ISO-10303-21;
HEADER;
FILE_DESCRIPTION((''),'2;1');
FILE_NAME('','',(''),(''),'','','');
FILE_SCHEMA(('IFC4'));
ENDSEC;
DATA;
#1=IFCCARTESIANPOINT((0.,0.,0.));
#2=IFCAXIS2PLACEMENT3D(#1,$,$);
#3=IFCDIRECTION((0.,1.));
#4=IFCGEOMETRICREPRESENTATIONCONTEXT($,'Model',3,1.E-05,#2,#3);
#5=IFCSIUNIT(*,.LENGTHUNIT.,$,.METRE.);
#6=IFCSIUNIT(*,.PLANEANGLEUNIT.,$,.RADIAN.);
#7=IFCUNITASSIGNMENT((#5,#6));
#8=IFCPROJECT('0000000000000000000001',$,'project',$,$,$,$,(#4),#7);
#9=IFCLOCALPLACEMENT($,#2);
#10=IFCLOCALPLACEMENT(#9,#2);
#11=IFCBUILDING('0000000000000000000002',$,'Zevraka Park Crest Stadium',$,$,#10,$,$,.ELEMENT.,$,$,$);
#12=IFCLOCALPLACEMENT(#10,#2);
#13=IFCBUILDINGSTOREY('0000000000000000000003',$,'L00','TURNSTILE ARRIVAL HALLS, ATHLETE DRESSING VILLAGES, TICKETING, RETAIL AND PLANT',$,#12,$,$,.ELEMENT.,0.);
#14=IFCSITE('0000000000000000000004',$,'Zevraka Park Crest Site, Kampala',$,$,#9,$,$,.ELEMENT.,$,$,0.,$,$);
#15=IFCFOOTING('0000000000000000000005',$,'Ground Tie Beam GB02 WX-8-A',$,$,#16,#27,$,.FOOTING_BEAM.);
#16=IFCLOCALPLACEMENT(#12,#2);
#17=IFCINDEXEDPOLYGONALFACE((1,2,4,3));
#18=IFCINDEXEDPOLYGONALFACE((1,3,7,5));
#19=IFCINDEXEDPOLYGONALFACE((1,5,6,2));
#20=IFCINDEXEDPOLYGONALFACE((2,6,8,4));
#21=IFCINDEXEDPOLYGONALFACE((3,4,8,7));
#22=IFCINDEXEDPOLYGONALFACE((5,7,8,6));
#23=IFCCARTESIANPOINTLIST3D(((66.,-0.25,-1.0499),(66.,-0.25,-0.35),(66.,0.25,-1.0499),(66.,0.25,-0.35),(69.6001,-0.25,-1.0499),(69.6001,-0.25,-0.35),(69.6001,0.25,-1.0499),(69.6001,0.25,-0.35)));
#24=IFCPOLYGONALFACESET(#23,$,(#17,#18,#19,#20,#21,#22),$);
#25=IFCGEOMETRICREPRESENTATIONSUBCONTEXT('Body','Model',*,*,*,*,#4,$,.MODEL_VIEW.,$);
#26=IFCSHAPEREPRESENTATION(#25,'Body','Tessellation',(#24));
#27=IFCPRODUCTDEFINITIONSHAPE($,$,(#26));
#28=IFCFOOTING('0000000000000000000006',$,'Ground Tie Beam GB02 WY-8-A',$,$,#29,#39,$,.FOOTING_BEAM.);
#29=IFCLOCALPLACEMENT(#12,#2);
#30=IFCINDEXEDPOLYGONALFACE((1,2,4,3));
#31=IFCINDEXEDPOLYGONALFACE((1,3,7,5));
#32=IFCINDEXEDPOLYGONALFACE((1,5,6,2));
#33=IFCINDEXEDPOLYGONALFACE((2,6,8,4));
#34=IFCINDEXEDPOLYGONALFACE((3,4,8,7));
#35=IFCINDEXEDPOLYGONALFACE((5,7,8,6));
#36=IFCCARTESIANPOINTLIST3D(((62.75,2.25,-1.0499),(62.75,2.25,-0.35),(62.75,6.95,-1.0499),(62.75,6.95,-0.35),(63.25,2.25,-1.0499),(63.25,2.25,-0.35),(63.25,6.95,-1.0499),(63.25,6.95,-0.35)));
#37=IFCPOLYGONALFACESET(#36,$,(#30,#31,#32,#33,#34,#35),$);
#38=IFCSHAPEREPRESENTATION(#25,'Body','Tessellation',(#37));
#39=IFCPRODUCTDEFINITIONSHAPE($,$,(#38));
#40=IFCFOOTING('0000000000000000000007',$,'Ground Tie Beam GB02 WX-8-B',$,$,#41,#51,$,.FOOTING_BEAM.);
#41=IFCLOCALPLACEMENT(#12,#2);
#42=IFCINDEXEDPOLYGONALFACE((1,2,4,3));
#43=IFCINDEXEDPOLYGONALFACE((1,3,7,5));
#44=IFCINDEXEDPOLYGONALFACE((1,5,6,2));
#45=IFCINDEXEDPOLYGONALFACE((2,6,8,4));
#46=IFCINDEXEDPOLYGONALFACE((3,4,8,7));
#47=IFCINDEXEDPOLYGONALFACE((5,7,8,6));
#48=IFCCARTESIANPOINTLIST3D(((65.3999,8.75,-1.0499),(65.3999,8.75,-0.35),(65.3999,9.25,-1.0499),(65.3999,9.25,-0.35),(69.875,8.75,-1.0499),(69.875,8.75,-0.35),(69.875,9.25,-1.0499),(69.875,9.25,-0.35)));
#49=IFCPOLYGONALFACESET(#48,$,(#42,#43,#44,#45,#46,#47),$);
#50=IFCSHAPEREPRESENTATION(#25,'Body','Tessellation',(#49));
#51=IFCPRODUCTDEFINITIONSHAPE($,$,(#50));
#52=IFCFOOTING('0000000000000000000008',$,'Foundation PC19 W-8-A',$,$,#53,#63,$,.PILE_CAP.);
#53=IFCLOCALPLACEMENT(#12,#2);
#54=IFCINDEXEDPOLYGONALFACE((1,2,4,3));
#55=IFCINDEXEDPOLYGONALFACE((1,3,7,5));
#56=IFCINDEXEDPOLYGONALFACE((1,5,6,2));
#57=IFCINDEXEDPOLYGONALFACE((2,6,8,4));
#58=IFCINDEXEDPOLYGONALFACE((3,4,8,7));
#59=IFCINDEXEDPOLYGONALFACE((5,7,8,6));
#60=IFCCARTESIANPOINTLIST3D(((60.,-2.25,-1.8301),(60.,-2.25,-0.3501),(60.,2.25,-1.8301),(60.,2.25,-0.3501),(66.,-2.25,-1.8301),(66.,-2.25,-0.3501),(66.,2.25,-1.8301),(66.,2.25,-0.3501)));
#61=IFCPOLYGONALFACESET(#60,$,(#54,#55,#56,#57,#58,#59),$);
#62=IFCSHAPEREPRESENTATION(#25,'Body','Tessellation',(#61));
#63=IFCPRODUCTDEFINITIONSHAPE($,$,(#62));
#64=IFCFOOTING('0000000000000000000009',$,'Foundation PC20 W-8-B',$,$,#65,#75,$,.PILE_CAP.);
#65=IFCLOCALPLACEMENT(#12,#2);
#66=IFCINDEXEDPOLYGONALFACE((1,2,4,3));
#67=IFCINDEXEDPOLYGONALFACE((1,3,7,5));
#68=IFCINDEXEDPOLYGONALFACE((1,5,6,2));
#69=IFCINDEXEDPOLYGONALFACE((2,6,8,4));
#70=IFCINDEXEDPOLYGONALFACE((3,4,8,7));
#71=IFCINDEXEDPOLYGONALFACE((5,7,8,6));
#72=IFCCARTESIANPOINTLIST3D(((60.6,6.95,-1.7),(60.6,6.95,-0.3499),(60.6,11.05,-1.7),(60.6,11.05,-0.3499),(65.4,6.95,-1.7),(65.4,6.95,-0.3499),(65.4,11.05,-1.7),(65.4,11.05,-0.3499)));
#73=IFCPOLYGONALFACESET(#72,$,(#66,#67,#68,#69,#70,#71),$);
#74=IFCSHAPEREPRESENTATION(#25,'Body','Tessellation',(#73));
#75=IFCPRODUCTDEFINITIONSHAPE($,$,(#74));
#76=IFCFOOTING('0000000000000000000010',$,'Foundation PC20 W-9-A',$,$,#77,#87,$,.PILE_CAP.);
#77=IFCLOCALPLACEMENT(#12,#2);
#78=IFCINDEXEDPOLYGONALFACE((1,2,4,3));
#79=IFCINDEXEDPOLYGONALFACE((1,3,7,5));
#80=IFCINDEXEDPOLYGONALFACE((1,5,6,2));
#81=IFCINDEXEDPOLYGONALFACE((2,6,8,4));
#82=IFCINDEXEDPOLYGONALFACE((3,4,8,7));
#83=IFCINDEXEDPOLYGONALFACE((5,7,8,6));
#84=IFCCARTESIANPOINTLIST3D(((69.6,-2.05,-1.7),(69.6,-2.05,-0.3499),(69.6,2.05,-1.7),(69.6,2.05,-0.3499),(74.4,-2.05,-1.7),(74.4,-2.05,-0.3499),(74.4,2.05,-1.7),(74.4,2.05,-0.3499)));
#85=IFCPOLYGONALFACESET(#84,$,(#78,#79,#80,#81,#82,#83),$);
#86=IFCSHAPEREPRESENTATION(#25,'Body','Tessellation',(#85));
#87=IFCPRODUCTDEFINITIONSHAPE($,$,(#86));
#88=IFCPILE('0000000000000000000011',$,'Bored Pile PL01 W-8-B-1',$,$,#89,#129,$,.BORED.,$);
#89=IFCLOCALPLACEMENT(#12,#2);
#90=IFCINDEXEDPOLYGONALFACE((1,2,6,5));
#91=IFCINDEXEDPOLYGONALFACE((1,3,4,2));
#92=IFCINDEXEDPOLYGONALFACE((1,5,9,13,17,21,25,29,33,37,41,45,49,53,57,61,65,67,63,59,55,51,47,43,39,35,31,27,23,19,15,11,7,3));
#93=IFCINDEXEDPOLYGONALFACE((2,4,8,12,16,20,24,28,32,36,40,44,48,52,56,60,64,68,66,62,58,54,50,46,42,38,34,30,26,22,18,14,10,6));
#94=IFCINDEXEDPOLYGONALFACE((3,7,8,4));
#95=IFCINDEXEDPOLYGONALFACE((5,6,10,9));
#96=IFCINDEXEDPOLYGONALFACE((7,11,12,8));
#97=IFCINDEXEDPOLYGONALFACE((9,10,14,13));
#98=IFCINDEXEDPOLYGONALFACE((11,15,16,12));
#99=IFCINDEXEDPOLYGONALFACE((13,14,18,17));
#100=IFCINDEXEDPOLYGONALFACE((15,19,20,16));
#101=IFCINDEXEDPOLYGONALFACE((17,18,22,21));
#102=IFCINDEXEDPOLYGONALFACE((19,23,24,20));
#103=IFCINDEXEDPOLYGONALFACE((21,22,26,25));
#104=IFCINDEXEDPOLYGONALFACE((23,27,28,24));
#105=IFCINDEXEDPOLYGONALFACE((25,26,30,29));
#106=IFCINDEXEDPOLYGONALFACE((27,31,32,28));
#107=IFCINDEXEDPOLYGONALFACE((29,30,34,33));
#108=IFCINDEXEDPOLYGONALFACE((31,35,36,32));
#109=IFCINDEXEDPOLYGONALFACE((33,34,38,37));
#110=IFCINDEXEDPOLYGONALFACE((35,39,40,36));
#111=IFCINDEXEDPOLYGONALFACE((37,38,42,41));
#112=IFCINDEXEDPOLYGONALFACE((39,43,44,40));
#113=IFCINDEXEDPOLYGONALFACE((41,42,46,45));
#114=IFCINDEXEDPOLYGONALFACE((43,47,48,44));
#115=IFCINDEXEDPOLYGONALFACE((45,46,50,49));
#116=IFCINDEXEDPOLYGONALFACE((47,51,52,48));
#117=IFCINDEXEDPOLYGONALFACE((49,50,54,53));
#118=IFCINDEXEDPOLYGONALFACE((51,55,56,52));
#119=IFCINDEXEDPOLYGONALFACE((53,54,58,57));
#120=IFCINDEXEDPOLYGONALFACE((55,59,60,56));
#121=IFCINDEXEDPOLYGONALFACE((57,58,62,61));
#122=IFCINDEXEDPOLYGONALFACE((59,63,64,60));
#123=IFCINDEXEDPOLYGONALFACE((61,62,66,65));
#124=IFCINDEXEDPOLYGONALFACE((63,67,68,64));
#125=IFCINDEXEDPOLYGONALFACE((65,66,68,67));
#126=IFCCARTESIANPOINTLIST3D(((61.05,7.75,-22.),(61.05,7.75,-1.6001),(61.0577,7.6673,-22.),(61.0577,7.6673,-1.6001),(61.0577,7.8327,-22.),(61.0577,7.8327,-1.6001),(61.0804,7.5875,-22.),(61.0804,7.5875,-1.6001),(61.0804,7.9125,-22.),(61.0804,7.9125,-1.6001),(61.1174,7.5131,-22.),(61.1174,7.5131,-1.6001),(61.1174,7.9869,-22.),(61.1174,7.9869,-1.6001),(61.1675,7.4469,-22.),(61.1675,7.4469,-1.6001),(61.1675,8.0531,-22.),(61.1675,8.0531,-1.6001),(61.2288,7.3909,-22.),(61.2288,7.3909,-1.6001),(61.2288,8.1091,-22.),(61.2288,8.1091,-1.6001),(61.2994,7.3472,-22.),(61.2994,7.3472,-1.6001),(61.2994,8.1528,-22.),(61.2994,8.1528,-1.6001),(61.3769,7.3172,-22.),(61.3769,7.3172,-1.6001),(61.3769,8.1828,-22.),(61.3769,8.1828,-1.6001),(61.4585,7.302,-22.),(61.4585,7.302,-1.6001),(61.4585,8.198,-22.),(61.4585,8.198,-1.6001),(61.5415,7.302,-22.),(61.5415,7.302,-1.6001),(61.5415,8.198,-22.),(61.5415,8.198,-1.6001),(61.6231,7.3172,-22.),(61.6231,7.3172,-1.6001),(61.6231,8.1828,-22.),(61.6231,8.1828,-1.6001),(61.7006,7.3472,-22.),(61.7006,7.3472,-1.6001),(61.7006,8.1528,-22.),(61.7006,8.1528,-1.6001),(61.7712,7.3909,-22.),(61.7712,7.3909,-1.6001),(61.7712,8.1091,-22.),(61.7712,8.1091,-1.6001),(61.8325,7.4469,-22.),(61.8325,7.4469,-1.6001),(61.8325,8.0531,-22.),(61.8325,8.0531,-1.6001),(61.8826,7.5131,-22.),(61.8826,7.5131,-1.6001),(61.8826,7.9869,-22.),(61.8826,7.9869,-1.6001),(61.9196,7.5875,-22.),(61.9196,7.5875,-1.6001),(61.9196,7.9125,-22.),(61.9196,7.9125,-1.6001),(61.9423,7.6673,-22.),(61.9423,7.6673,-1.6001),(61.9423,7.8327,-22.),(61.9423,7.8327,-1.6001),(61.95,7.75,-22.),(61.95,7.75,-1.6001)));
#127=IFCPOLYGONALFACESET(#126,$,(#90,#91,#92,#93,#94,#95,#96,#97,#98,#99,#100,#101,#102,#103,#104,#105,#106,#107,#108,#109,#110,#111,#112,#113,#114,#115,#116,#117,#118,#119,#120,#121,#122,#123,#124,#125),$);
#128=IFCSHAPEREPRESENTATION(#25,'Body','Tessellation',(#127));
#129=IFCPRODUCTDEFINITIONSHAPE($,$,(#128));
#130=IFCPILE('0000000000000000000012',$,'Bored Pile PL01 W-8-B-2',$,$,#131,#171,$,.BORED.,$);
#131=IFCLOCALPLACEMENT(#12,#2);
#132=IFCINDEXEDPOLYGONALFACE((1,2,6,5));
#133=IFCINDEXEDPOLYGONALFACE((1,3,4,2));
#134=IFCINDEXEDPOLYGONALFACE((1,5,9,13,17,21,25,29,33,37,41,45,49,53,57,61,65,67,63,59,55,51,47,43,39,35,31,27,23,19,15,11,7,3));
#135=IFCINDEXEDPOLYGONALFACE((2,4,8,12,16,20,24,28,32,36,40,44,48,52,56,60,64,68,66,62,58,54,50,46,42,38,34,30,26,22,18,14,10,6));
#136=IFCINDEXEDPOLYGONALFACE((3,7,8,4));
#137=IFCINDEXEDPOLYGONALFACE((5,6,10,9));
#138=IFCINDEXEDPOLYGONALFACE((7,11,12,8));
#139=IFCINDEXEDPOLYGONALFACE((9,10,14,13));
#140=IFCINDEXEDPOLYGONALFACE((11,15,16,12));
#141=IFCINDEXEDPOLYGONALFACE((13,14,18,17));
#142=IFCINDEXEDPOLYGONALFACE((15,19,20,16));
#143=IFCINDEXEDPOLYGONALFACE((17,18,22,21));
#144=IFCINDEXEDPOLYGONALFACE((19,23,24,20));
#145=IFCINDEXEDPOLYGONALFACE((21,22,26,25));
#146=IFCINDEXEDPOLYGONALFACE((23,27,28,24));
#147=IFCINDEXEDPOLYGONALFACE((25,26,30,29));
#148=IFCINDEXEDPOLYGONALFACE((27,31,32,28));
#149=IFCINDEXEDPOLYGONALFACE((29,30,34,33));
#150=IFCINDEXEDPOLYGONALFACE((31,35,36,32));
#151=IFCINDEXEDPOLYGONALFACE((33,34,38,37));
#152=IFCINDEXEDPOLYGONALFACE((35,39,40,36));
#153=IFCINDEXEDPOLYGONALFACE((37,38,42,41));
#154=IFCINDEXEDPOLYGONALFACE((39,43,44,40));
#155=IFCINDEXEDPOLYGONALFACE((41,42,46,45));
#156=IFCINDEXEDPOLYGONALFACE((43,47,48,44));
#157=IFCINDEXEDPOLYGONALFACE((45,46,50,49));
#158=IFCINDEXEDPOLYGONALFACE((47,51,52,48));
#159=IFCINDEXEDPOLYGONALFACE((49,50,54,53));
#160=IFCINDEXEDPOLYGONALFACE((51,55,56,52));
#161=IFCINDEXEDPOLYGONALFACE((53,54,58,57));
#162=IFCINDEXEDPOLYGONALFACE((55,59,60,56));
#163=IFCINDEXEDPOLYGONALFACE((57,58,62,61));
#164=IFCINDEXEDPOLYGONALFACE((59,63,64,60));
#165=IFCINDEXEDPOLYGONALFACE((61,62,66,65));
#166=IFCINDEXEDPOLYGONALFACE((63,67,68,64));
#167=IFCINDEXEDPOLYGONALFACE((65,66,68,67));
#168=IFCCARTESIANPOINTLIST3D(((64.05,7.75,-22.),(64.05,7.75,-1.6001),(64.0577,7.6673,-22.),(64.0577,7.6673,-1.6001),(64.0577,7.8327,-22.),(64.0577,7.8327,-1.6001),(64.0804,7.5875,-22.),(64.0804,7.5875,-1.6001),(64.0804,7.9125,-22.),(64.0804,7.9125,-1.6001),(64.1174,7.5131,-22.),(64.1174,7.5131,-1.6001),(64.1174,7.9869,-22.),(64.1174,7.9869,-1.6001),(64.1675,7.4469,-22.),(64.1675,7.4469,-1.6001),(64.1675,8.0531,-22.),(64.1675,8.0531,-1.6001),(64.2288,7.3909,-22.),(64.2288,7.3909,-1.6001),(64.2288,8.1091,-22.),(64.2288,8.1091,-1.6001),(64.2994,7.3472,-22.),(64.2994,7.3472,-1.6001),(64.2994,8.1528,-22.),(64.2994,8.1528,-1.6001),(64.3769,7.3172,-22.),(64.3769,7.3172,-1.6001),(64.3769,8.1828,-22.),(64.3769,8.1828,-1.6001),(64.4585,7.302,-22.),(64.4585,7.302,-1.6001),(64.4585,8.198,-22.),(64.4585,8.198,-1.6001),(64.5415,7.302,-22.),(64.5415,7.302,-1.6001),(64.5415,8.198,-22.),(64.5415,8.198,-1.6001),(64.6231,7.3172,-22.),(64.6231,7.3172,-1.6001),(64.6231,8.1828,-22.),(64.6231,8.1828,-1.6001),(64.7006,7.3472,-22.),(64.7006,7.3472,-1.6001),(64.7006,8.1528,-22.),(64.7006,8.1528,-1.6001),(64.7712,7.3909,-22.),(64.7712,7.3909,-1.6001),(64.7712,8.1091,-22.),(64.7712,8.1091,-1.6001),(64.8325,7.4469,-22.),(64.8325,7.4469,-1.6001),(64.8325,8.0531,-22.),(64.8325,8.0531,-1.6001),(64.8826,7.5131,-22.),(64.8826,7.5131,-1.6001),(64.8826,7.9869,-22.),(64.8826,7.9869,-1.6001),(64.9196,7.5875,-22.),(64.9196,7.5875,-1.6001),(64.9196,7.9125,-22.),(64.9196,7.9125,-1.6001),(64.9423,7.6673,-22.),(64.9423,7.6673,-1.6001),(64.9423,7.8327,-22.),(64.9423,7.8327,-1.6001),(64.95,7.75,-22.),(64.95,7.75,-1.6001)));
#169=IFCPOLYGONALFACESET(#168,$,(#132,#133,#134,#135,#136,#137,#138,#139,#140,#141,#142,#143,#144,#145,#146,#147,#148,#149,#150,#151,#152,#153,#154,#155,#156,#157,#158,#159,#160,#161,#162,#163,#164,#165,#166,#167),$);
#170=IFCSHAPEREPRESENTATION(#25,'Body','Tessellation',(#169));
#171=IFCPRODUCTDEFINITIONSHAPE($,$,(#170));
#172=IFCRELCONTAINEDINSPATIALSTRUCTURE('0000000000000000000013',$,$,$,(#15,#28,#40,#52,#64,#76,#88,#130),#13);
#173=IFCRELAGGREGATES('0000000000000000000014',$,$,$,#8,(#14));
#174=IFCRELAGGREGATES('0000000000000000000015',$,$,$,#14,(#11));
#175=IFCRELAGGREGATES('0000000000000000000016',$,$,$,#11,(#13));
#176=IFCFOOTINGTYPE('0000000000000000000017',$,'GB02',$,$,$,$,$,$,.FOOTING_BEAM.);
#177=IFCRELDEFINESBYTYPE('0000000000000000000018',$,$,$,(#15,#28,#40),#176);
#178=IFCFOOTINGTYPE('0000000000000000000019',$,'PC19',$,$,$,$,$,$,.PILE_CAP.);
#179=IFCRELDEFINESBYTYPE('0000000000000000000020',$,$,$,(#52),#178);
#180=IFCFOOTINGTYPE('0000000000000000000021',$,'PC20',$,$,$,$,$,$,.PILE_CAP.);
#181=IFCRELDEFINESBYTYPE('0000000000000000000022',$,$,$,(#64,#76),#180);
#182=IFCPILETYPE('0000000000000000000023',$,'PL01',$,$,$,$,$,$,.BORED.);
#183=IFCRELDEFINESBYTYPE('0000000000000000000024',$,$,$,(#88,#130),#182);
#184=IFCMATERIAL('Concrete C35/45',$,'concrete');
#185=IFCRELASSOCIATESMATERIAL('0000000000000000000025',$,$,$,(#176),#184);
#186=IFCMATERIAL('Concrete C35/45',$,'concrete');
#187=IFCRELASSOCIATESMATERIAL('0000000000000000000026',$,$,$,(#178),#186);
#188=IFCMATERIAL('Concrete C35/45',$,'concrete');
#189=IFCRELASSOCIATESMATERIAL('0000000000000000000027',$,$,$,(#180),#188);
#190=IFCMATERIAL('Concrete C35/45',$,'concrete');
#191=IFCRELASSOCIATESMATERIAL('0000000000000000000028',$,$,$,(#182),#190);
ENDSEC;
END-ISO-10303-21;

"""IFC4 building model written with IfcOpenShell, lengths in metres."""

from ifc_helpers import new_model, si_unit, direction, frame, origin, origin_2d, place, context, subcontext, project, spatial, rectangle, circle, extrude, material, material_profile, profile_set, type_object, element, save


model = new_model("IFC4")

# Units and contexts
model_context = context("Model", 3, precision=1e-05, world=origin(), true_north=direction((0.0, 1.0)))
body_context = subcontext(model_context, "Body", "Model", "MODEL_VIEW")
ifc_project = project(units=[si_unit("LENGTHUNIT", "METRE"), si_unit("PLANEANGLEUNIT", "RADIAN")], contexts=[model_context])

# Site, building, storey
site_placement = place(None, origin())
site = spatial("IfcSite", under=ifc_project, at=site_placement, Name="Zevraka Park Crest Site, Kampala", CompositionType="ELEMENT", RefElevation=0.0)
building_placement = place(site_placement, origin())
building = spatial("IfcBuilding", under=site, at=building_placement, Name="Zevraka Park Crest Stadium", CompositionType="ELEMENT")
storey_placement = place(building_placement, origin())
storey = spatial("IfcBuildingStorey", under=building, at=storey_placement, Name="L00", Description="TURNSTILE ARRIVAL HALLS, ATHLETE DRESSING VILLAGES, TICKETING, RETAIL AND PLANT", CompositionType="ELEMENT", Elevation=0.0)

# Footings
ifc_material_1 = material(Name="Concrete C35/45", Category="concrete")
ifc_material_profile_1 = material_profile(ifc_material_1, rectangle(XDim=0.5, YDim=0.7, at=origin_2d()), Name="GB 700x500")
ifc_profile_set_1 = profile_set([ifc_material_profile_1], Name="Concrete C35/45")
footing_type_1 = type_object("IfcFootingType", Name="GB02", PredefinedType="FOOTING_BEAM", material=ifc_profile_set_1)
footing_1_placement = place(storey_placement, frame((66.0, 0.0, -0.7), z_axis=(1.0, 0.0, 0.0), x_axis=(0.0, 1.0, 0.0)))
element("IfcFooting", 1, at=footing_1_placement, inside=storey, type_object=footing_type_1, Name="Ground Tie Beam GB02 WX-8-A", PredefinedType="FOOTING_BEAM", context=body_context, shape_type="SweptSolid", body=[
    extrude(rectangle(XDim=0.5, YDim=0.7, at=origin_2d()), origin(), (0.0, 0.0, 1.0), 3.6001),
])
footing_2_placement = place(storey_placement, frame((63.0, 2.25, -0.7), z_axis=(0.0, 1.0, 0.0), x_axis=(-1.0, 0.0, 0.0)))
element("IfcFooting", 2, at=footing_2_placement, inside=storey, type_object=footing_type_1, Name="Ground Tie Beam GB02 WY-8-A", PredefinedType="FOOTING_BEAM", context=body_context, shape_type="SweptSolid", body=[
    extrude(rectangle(XDim=0.5, YDim=0.7, at=origin_2d()), origin(), (0.0, 0.0, 1.0), 4.7),
])
footing_3_placement = place(storey_placement, frame((65.3999, 9.0, -0.7), z_axis=(1.0, 0.0, 0.0), x_axis=(0.0, 1.0, 0.0)))
element("IfcFooting", 3, at=footing_3_placement, inside=storey, type_object=footing_type_1, Name="Ground Tie Beam GB02 WX-8-B", PredefinedType="FOOTING_BEAM", context=body_context, shape_type="SweptSolid", body=[
    extrude(rectangle(XDim=0.5, YDim=0.7, at=origin_2d()), origin(), (0.0, 0.0, 1.0), 4.4751),
])
ifc_material_2 = material(Name="Concrete C35/45", Category="concrete")
footing_type_2 = type_object("IfcFootingType", Name="PC19", PredefinedType="PILE_CAP", material=ifc_material_2)
footing_4_placement = place(storey_placement, frame((63.0, 0.0, -1.8301), z_axis=(0.0, 0.0, 1.0), x_axis=(1.0, 0.0, 0.0)))
element("IfcFooting", 4, at=footing_4_placement, inside=storey, type_object=footing_type_2, Name="Foundation PC19 W-8-A", PredefinedType="PILE_CAP", context=body_context, shape_type="SweptSolid", body=[
    extrude(rectangle(XDim=6.0, YDim=4.5, at=origin_2d()), origin(), (0.0, 0.0, 1.0), 1.48),
])
ifc_material_3 = material(Name="Concrete C35/45", Category="concrete")
footing_type_3 = type_object("IfcFootingType", Name="PC20", PredefinedType="PILE_CAP", material=ifc_material_3)
for number, where, z_axis, x_axis, name in (
    (5, (63.0, 9.0, -1.7), (0.0, 0.0, 1.0), (1.0, 0.0, 0.0), "Foundation PC20 W-8-B"),
    (6, (72.0, 0.0, -1.7), (0.0, 0.0, 1.0), (1.0, 0.0, 0.0), "Foundation PC20 W-9-A"),
):
    element("IfcFooting", number, at=place(storey_placement, frame(where, z_axis=z_axis, x_axis=x_axis)), inside=storey, type_object=footing_type_3, Name=name, PredefinedType="PILE_CAP", context=body_context, shape_type="SweptSolid", body=[
        extrude(rectangle(XDim=4.8, YDim=4.1001, at=origin_2d()), origin(), (0.0, 0.0, 1.0), 1.3501),
    ])

# Piles
ifc_material_4 = material(Name="Concrete C35/45", Category="concrete")
ifc_material_profile_2 = material_profile(ifc_material_4, circle(Radius=0.45, at=origin_2d()), Name="PILE D900")
ifc_profile_set_2 = profile_set([ifc_material_profile_2], Name="Concrete C35/45")
pile_type_1 = type_object("IfcPileType", Name="PL01", PredefinedType="BORED", material=ifc_profile_set_2)
for number, where, z_axis, x_axis, name in (
    (7, (61.5, 7.75, -1.6001), (0.0, 0.0, -1.0), (1.0, 0.0, 0.0), "Bored Pile PL01 W-8-B-1"),
    (8, (64.5, 7.75, -1.6001), (0.0, 0.0, -1.0), (1.0, 0.0, 0.0), "Bored Pile PL01 W-8-B-2"),
):
    element("IfcPile", number, at=place(storey_placement, frame(where, z_axis=z_axis, x_axis=x_axis)), inside=storey, type_object=pile_type_1, Name=name, PredefinedType="BORED", context=body_context, shape_type="SweptSolid", body=[
        extrude(circle(Radius=0.45, at=origin_2d()), origin(), (0.0, 0.0, 1.0), 20.3999),
    ])

save(model, "model.ifc")
